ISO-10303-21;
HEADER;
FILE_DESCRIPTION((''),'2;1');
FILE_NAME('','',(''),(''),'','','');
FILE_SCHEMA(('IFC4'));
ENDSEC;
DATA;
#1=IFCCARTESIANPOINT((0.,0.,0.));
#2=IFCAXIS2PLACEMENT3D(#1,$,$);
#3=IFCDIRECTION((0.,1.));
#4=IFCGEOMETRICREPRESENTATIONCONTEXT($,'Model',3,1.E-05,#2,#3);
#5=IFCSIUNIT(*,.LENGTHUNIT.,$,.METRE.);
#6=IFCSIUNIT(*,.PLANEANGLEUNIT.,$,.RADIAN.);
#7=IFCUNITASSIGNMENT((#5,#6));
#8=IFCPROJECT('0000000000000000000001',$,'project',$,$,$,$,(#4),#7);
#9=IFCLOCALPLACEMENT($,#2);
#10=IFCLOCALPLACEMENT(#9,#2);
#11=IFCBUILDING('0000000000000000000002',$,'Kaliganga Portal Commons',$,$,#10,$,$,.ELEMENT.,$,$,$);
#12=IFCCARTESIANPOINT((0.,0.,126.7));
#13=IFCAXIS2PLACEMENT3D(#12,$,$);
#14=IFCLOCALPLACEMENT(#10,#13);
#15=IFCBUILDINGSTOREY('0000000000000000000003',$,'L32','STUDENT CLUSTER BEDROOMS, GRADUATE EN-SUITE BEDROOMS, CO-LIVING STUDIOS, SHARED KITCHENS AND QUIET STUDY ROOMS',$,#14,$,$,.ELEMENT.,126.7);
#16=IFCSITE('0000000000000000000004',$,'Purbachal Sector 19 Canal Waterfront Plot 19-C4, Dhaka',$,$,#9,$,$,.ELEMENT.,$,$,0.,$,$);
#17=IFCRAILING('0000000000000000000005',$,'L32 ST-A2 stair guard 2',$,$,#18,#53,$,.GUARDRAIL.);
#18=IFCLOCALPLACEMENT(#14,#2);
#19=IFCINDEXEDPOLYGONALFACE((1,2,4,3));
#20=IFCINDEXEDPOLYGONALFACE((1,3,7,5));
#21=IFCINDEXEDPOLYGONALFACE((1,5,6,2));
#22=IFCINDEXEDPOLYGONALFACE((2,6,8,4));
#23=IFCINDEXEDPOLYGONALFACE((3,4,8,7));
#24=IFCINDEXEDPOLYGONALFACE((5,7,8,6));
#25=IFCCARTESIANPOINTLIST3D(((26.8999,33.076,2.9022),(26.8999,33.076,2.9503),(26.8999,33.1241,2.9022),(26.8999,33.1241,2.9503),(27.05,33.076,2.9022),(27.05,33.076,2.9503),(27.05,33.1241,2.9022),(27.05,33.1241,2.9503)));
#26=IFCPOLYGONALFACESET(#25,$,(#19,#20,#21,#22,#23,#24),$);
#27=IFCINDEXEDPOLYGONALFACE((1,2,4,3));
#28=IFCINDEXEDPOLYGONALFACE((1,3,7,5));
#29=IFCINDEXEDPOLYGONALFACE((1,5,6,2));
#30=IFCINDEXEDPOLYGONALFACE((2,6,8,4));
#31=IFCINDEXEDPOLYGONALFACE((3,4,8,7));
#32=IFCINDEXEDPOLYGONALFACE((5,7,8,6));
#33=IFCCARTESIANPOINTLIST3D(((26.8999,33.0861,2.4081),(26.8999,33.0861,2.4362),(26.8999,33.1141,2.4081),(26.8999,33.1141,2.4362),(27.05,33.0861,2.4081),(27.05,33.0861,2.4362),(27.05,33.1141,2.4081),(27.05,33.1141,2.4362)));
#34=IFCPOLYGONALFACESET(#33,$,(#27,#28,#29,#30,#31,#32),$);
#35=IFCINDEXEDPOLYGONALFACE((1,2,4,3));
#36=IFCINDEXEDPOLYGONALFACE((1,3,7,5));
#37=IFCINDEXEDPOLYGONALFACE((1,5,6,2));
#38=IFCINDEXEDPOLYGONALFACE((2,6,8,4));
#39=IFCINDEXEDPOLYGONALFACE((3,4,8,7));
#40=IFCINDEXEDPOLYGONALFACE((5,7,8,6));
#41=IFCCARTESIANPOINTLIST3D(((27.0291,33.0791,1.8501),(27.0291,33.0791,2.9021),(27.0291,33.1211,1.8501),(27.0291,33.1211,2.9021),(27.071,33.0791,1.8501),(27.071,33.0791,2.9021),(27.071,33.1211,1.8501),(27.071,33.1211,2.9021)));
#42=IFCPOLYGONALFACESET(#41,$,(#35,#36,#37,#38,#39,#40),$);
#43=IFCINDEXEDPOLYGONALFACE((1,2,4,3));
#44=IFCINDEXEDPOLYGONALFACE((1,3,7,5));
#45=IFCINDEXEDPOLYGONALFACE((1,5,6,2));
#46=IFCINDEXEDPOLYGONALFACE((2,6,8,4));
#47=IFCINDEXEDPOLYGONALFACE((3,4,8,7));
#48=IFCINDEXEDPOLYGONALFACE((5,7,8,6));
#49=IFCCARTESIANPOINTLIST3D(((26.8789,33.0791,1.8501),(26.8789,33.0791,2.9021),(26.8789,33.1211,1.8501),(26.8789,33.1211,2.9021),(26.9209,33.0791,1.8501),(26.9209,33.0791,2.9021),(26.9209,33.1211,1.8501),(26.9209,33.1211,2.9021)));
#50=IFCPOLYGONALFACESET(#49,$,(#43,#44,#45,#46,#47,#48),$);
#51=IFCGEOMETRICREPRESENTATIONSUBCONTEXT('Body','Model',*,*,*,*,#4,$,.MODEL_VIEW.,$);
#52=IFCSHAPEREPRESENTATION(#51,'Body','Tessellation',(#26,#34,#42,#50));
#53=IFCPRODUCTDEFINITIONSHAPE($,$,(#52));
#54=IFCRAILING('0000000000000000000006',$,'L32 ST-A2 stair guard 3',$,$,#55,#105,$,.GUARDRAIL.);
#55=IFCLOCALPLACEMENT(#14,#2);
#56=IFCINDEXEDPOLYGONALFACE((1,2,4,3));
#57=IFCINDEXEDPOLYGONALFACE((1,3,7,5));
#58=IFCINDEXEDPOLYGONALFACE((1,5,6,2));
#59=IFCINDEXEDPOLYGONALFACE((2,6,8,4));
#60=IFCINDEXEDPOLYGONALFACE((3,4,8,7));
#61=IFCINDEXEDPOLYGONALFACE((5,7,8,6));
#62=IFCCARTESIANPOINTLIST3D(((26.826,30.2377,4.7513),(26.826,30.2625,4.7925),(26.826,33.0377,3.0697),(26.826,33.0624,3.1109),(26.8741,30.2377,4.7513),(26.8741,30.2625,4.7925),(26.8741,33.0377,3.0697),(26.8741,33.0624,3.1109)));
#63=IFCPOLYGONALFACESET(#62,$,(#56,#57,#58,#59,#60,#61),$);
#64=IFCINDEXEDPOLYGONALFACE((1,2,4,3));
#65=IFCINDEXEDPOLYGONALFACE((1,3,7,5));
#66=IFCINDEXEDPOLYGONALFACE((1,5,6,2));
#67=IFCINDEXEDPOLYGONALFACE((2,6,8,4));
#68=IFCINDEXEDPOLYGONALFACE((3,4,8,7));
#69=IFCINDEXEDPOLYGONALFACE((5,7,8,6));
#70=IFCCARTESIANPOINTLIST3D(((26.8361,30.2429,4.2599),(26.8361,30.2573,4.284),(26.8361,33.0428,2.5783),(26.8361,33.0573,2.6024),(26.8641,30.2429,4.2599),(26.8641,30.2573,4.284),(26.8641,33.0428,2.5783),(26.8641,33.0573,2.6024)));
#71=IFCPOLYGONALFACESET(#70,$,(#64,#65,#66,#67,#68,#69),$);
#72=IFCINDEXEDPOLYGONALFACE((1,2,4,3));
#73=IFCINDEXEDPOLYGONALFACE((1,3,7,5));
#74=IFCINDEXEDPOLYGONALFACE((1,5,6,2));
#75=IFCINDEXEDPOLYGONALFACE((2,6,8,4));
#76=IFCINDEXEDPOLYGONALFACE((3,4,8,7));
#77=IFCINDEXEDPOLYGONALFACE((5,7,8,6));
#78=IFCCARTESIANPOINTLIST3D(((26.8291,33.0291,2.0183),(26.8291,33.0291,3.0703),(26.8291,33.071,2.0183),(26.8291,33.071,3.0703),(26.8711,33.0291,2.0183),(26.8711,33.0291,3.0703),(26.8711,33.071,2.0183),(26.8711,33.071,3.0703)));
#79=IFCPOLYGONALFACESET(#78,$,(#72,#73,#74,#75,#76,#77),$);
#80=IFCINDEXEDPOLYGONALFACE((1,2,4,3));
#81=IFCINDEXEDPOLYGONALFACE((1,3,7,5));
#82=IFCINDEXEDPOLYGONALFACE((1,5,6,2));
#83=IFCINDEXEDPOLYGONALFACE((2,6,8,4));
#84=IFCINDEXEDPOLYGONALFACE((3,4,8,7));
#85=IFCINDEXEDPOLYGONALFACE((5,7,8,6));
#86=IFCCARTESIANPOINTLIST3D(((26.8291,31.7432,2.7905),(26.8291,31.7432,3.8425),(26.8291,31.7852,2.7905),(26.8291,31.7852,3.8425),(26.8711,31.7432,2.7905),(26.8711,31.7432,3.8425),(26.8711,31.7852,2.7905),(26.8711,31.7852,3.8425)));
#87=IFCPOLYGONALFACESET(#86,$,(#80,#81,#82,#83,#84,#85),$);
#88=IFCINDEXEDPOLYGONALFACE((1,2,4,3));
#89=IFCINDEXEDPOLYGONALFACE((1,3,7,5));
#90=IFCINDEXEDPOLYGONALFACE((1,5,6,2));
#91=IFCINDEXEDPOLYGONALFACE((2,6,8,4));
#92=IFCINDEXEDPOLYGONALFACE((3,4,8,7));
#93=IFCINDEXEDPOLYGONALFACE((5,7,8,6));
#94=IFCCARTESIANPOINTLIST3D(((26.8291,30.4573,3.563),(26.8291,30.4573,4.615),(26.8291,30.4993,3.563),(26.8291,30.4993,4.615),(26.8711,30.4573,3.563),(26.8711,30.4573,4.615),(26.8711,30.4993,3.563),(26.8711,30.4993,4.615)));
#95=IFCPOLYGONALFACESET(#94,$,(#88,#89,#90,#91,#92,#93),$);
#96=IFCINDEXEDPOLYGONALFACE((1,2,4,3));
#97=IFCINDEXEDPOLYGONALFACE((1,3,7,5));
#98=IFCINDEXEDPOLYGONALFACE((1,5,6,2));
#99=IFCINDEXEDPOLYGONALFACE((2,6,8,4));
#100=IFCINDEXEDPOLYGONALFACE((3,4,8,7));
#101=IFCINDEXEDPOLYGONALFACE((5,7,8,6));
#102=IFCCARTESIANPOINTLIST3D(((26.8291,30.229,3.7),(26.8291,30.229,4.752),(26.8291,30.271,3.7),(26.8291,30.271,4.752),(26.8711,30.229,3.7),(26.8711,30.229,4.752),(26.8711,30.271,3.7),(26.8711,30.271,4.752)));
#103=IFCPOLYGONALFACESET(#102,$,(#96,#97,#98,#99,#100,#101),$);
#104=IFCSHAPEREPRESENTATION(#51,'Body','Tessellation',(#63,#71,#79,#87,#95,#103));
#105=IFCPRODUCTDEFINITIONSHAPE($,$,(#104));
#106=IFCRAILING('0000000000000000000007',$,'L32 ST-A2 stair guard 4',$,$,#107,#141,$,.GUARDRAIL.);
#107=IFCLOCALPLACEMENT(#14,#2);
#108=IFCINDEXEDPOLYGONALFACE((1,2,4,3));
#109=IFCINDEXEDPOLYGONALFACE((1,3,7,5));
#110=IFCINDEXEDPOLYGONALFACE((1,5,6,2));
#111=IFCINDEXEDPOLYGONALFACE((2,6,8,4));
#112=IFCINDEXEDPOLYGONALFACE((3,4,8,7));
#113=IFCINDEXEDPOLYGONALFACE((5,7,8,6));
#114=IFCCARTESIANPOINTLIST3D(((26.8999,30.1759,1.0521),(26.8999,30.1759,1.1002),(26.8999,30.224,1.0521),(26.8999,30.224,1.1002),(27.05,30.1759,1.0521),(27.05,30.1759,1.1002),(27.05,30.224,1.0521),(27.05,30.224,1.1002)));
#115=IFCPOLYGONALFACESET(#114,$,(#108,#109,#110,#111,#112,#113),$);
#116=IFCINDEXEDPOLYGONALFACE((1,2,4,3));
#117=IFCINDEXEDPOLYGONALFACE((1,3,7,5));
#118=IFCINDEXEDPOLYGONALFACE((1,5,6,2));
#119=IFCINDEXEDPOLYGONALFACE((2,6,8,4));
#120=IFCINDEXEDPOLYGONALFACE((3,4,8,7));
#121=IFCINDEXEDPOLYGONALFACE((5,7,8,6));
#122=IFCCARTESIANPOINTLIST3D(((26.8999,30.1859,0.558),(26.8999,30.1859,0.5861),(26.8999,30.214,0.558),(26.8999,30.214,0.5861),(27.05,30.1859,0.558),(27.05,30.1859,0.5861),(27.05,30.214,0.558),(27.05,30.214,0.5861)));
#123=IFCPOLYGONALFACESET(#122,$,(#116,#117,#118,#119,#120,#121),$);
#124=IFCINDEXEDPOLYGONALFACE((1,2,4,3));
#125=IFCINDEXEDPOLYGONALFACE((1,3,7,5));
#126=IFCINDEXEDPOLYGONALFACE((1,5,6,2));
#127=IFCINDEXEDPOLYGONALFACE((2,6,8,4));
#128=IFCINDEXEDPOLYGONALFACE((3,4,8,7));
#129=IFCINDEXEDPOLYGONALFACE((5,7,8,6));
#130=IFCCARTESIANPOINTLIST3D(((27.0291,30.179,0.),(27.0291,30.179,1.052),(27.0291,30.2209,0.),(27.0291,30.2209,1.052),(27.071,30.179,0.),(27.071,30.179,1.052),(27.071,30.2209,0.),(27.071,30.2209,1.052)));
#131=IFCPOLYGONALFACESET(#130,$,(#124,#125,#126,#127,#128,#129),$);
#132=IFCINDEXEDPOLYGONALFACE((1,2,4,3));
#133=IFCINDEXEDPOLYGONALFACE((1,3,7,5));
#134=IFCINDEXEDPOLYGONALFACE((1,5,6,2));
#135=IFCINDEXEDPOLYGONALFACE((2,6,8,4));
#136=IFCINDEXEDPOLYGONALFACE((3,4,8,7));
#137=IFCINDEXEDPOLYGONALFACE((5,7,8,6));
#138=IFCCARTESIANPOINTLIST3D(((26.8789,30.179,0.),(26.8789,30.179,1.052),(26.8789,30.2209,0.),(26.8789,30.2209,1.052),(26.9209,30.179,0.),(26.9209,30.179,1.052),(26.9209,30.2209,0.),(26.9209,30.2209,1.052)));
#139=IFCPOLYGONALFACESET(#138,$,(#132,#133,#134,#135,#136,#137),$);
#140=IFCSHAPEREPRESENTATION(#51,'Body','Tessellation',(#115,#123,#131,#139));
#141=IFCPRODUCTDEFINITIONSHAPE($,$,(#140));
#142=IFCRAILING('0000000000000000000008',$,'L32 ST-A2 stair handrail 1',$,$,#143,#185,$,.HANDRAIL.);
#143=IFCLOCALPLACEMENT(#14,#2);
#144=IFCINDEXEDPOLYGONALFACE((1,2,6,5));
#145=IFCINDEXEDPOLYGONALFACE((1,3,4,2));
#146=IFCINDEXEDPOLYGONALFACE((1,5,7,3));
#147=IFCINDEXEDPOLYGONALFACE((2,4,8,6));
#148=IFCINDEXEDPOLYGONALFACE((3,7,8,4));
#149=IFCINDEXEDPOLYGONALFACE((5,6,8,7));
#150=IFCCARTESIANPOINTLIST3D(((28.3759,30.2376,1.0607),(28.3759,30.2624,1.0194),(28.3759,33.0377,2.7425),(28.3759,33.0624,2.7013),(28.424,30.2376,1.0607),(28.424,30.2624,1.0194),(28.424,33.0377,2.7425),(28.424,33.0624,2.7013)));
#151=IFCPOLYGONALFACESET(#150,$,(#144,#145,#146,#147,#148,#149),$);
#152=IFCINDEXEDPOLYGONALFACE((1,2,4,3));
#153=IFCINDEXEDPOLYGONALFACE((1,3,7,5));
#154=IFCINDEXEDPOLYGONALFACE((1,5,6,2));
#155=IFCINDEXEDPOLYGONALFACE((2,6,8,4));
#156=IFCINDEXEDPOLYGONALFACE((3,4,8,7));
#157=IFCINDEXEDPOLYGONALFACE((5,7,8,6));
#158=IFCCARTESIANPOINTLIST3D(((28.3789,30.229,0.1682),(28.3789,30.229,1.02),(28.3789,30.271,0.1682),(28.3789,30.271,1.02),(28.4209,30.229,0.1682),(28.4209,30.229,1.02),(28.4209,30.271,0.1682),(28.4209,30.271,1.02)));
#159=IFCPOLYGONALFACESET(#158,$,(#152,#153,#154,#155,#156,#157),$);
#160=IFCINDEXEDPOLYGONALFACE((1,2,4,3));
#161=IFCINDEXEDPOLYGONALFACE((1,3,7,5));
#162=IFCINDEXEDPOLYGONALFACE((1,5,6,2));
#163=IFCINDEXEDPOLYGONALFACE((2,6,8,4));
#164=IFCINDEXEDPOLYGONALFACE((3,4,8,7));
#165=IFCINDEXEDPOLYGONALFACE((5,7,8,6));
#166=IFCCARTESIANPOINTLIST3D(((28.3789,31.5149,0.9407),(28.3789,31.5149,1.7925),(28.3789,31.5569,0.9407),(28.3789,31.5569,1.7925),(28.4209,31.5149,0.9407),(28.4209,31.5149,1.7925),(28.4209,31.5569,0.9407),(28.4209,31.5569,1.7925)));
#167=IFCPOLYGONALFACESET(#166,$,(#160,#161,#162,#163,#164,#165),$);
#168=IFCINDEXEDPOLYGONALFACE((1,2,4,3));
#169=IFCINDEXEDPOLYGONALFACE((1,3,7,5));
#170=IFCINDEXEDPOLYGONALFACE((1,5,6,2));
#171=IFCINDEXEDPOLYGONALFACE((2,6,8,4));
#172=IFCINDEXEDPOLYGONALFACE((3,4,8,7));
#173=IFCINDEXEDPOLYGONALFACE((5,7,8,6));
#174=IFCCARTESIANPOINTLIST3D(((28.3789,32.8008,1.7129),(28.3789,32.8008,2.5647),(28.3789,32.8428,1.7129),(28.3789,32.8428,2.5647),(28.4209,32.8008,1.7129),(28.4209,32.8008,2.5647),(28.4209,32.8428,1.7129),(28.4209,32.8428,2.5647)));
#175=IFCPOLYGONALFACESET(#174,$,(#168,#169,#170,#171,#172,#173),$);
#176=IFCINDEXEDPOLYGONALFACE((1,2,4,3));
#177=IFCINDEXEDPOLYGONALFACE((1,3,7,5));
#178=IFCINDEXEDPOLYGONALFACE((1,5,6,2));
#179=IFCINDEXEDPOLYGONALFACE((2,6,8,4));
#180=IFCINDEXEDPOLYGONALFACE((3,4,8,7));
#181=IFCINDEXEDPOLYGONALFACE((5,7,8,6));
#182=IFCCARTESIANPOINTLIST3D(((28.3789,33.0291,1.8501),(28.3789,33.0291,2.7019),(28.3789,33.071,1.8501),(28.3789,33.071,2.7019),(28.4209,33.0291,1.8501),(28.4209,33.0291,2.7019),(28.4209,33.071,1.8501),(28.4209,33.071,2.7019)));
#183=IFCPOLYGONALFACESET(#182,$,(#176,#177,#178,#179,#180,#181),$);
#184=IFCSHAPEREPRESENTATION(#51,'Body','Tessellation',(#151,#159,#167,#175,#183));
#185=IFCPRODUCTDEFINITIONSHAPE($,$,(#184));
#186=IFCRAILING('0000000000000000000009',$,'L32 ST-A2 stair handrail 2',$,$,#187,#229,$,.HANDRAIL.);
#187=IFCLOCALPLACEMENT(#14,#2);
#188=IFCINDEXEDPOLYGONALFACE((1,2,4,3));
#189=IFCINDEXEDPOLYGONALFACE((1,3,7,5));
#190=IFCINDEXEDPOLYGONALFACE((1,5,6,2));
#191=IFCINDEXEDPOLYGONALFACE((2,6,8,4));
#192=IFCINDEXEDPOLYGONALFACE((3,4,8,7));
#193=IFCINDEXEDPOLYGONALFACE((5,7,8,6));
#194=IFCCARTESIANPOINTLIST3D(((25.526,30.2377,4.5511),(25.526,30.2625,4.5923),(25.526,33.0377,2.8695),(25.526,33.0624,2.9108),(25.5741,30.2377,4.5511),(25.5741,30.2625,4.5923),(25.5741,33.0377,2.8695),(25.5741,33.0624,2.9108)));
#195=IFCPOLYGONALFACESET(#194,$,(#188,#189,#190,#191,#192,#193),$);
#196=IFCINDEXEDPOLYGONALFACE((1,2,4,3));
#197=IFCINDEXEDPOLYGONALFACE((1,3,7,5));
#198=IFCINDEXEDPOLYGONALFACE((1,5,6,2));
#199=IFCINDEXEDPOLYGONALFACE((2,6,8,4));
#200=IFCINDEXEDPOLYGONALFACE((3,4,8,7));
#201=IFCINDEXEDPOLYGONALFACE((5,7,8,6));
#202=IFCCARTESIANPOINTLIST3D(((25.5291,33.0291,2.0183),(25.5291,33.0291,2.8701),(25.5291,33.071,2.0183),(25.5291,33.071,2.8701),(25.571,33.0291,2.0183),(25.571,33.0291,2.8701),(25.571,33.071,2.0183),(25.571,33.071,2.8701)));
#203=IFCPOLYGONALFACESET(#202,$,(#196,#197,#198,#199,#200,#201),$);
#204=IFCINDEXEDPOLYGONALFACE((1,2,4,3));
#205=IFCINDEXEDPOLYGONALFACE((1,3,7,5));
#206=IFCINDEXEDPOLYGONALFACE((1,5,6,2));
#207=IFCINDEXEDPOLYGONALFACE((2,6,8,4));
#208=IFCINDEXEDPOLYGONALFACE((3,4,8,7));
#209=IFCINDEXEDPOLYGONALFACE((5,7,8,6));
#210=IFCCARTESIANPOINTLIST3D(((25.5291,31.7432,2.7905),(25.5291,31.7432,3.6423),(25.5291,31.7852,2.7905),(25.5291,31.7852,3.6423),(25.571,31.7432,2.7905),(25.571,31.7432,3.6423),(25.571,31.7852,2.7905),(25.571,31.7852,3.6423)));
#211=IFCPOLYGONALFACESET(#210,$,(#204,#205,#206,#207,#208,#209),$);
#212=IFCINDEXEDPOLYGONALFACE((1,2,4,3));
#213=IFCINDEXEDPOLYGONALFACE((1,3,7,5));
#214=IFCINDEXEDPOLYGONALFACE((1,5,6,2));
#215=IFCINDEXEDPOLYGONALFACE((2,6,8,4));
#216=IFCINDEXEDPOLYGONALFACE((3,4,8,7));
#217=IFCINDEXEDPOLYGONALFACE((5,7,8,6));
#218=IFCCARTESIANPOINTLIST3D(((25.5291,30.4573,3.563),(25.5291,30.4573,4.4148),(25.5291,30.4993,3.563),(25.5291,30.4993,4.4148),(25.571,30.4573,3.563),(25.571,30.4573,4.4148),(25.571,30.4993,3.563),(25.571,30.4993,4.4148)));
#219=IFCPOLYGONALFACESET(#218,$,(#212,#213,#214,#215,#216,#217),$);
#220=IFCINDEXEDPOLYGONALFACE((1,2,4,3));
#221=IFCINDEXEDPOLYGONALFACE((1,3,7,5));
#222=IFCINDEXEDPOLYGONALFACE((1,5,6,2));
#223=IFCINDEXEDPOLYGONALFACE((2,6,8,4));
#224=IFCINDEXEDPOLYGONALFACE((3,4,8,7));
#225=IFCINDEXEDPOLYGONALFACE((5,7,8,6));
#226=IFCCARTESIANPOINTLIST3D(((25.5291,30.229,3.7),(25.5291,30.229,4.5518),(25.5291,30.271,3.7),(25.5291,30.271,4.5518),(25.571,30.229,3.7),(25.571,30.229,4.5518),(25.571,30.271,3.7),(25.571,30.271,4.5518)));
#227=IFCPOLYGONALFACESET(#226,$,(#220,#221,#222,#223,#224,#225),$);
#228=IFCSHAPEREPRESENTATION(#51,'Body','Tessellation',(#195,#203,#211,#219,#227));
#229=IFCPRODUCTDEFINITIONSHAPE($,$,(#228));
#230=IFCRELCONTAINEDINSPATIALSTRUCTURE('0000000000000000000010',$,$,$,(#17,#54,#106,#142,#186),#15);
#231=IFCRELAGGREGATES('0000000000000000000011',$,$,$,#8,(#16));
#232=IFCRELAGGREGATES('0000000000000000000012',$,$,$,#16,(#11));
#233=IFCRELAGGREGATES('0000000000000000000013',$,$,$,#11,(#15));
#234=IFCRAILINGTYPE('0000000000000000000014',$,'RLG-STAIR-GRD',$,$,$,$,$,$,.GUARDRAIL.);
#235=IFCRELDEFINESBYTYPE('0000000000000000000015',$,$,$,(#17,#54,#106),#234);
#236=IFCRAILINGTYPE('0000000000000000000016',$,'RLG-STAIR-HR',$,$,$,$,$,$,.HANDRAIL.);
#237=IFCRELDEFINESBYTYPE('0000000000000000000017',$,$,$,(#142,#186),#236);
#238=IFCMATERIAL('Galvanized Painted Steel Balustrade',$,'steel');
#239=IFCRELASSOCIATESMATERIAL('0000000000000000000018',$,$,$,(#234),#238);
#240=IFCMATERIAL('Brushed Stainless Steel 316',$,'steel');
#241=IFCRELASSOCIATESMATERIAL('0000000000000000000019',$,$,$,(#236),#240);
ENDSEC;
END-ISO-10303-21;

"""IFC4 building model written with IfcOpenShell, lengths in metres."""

from ifc_helpers import new_model, si_unit, direction, frame, origin, origin_2d, place, context, subcontext, project, spatial, rectangle, extrude, material, type_object, element, save


model = new_model("IFC4")

# Units and contexts
model_context = context("Model", 3, precision=1e-05, world=origin(), true_north=direction((0.0, 1.0)))
body_context = subcontext(model_context, "Body", "Model", "MODEL_VIEW")
ifc_project = project(units=[si_unit("LENGTHUNIT", "METRE"), si_unit("PLANEANGLEUNIT", "RADIAN")], contexts=[model_context])

# Site, building, storey
site_placement = place(None, origin())
site = spatial("IfcSite", under=ifc_project, at=site_placement, Name="Purbachal Sector 19 Canal Waterfront Plot 19-C4, Dhaka", CompositionType="ELEMENT", RefElevation=0.0)
building_placement = place(site_placement, origin())
building = spatial("IfcBuilding", under=site, at=building_placement, Name="Kaliganga Portal Commons", CompositionType="ELEMENT")
storey_placement = place(building_placement, frame((0.0, 0.0, 126.7)))
storey = spatial("IfcBuildingStorey", under=building, at=storey_placement, Name="L32", Description="STUDENT CLUSTER BEDROOMS, GRADUATE EN-SUITE BEDROOMS, CO-LIVING STUDIOS, SHARED KITCHENS AND QUIET STUDY ROOMS", CompositionType="ELEMENT", Elevation=126.7)

# Railings
ifc_material_1 = material(Name="Galvanized Painted Steel Balustrade", Category="steel")
railing_type_1 = type_object("IfcRailingType", Name="RLG-STAIR-GRD", PredefinedType="GUARDRAIL", material=ifc_material_1)
railing_1_placement = place(storey_placement, frame((27.05, 33.1001, 1.8501)))
element("IfcRailing", 1, at=railing_1_placement, inside=storey, type_object=railing_type_1, Name="L32 ST-A2 stair guard 2", PredefinedType="GUARDRAIL", context=body_context, shape_type="SweptSolid", body=[
    extrude(rectangle(XDim=0.0481, YDim=0.0481, at=origin_2d()), frame((0.0, 0.0, 1.0762), z_axis=(-1.0, 0.0, 0.0), x_axis=(0.0, -1.0, 0.0)), (0.0, 0.0, 1.0), 0.1501),
    extrude(rectangle(XDim=0.0281, YDim=0.0281, at=origin_2d()), frame((0.0, 0.0, 0.572), z_axis=(-1.0, 0.0, 0.0), x_axis=(0.0, -1.0, 0.0)), (0.0, 0.0, 1.0), 0.1501),
    extrude(rectangle(XDim=0.042, YDim=0.042, at=origin_2d()), origin(), (0.0, 0.0, 1.0), 1.052),
    extrude(rectangle(XDim=0.042, YDim=0.042, at=origin_2d()), frame((-0.1501, 0.0, 0.0)), (0.0, 0.0, 1.0), 1.052),
])
railing_2_placement = place(storey_placement, frame((26.8501, 33.05, 2.0183)))
element("IfcRailing", 2, at=railing_2_placement, inside=storey, type_object=railing_type_1, Name="L32 ST-A2 stair guard 3", PredefinedType="GUARDRAIL", context=body_context, shape_type="SweptSolid", body=[
    extrude(rectangle(XDim=0.0481, YDim=0.0481, at=origin_2d()), frame((0.0, 0.0, 1.072), z_axis=(0.0, -0.857275, 0.514858), x_axis=(1.0, 0.0, 0.0)), (0.0, 0.0, 1.0), 3.2661),
    extrude(rectangle(XDim=0.0281, YDim=0.0281, at=origin_2d()), frame((0.0, 0.0, 0.572), z_axis=(0.0, -0.857275, 0.514858), x_axis=(1.0, 0.0, 0.0)), (0.0, 0.0, 1.0), 3.2661),
    extrude(rectangle(XDim=0.042, YDim=0.042, at=origin_2d()), origin(), (0.0, 0.0, 1.0), 1.052),
    extrude(rectangle(XDim=0.042, YDim=0.042, at=origin_2d()), frame((0.0, -1.2859, 0.7722)), (0.0, 0.0, 1.0), 1.052),
    extrude(rectangle(XDim=0.042, YDim=0.042, at=origin_2d()), frame((0.0, -2.5718, 1.5447)), (0.0, 0.0, 1.0), 1.052),
    extrude(rectangle(XDim=0.042, YDim=0.042, at=origin_2d()), frame((0.0, -2.8, 1.6816)), (0.0, 0.0, 1.0), 1.052),
])
railing_3_placement = place(storey_placement, frame((27.05, 30.2, 0.0)))
element("IfcRailing", 3, at=railing_3_placement, inside=storey, type_object=railing_type_1, Name="L32 ST-A2 stair guard 4", PredefinedType="GUARDRAIL", context=body_context, shape_type="SweptSolid", body=[
    extrude(rectangle(XDim=0.0481, YDim=0.0481, at=origin_2d()), frame((0.0, 0.0, 1.0762), z_axis=(-1.0, 0.0, 0.0), x_axis=(0.0, -1.0, 0.0)), (0.0, 0.0, 1.0), 0.1501),
    extrude(rectangle(XDim=0.0281, YDim=0.0281, at=origin_2d()), frame((0.0, 0.0, 0.572), z_axis=(-1.0, 0.0, 0.0), x_axis=(0.0, -1.0, 0.0)), (0.0, 0.0, 1.0), 0.1501),
    extrude(rectangle(XDim=0.042, YDim=0.042, at=origin_2d()), origin(), (0.0, 0.0, 1.0), 1.052),
    extrude(rectangle(XDim=0.042, YDim=0.042, at=origin_2d()), frame((-0.1501, 0.0, 0.0)), (0.0, 0.0, 1.0), 1.052),
])
ifc_material_2 = material(Name="Brushed Stainless Steel 316", Category="steel")
railing_type_2 = type_object("IfcRailingType", Name="RLG-STAIR-HR", PredefinedType="HANDRAIL", material=ifc_material_2)
railing_4_placement = place(storey_placement, frame((28.3999, 30.25, 0.1682)))
element("IfcRailing", 4, at=railing_4_placement, inside=storey, type_object=railing_type_2, Name="L32 ST-A2 stair handrail 1", PredefinedType="HANDRAIL", context=body_context, shape_type="SweptSolid", body=[
    extrude(rectangle(XDim=0.0481, YDim=0.0481, at=origin_2d()), frame((0.0, 0.0, 0.8718), z_axis=(0.0, 0.857242, 0.514913), x_axis=(-1.0, 0.0, 0.0)), (0.0, 0.0, 1.0), 3.2664),
    extrude(rectangle(XDim=0.042, YDim=0.042, at=origin_2d()), origin(), (0.0, 0.0, 1.0), 0.8518),
    extrude(rectangle(XDim=0.042, YDim=0.042, at=origin_2d()), frame((0.0, 1.2859, 0.7725)), (0.0, 0.0, 1.0), 0.8518),
    extrude(rectangle(XDim=0.042, YDim=0.042, at=origin_2d()), frame((0.0, 2.5718, 1.5447)), (0.0, 0.0, 1.0), 0.8518),
    extrude(rectangle(XDim=0.042, YDim=0.042, at=origin_2d()), frame((0.0, 2.8, 1.6819)), (0.0, 0.0, 1.0), 0.8518),
])
railing_5_placement = place(storey_placement, frame((25.55, 33.05, 2.0183)))
element("IfcRailing", 5, at=railing_5_placement, inside=storey, type_object=railing_type_2, Name="L32 ST-A2 stair handrail 2", PredefinedType="HANDRAIL", context=body_context, shape_type="SweptSolid", body=[
    extrude(rectangle(XDim=0.0481, YDim=0.0481, at=origin_2d()), frame((0.0, 0.0, 0.8718), z_axis=(0.0, -0.857275, 0.514858), x_axis=(1.0, 0.0, 0.0)), (0.0, 0.0, 1.0), 3.2661),
    extrude(rectangle(XDim=0.042, YDim=0.042, at=origin_2d()), origin(), (0.0, 0.0, 1.0), 0.8518),
    extrude(rectangle(XDim=0.042, YDim=0.042, at=origin_2d()), frame((0.0, -1.2859, 0.7722)), (0.0, 0.0, 1.0), 0.8518),
    extrude(rectangle(XDim=0.042, YDim=0.042, at=origin_2d()), frame((0.0, -2.5718, 1.5447)), (0.0, 0.0, 1.0), 0.8518),
    extrude(rectangle(XDim=0.042, YDim=0.042, at=origin_2d()), frame((0.0, -2.8, 1.6816)), (0.0, 0.0, 1.0), 0.8518),
])

save(model, "model.ifc")
